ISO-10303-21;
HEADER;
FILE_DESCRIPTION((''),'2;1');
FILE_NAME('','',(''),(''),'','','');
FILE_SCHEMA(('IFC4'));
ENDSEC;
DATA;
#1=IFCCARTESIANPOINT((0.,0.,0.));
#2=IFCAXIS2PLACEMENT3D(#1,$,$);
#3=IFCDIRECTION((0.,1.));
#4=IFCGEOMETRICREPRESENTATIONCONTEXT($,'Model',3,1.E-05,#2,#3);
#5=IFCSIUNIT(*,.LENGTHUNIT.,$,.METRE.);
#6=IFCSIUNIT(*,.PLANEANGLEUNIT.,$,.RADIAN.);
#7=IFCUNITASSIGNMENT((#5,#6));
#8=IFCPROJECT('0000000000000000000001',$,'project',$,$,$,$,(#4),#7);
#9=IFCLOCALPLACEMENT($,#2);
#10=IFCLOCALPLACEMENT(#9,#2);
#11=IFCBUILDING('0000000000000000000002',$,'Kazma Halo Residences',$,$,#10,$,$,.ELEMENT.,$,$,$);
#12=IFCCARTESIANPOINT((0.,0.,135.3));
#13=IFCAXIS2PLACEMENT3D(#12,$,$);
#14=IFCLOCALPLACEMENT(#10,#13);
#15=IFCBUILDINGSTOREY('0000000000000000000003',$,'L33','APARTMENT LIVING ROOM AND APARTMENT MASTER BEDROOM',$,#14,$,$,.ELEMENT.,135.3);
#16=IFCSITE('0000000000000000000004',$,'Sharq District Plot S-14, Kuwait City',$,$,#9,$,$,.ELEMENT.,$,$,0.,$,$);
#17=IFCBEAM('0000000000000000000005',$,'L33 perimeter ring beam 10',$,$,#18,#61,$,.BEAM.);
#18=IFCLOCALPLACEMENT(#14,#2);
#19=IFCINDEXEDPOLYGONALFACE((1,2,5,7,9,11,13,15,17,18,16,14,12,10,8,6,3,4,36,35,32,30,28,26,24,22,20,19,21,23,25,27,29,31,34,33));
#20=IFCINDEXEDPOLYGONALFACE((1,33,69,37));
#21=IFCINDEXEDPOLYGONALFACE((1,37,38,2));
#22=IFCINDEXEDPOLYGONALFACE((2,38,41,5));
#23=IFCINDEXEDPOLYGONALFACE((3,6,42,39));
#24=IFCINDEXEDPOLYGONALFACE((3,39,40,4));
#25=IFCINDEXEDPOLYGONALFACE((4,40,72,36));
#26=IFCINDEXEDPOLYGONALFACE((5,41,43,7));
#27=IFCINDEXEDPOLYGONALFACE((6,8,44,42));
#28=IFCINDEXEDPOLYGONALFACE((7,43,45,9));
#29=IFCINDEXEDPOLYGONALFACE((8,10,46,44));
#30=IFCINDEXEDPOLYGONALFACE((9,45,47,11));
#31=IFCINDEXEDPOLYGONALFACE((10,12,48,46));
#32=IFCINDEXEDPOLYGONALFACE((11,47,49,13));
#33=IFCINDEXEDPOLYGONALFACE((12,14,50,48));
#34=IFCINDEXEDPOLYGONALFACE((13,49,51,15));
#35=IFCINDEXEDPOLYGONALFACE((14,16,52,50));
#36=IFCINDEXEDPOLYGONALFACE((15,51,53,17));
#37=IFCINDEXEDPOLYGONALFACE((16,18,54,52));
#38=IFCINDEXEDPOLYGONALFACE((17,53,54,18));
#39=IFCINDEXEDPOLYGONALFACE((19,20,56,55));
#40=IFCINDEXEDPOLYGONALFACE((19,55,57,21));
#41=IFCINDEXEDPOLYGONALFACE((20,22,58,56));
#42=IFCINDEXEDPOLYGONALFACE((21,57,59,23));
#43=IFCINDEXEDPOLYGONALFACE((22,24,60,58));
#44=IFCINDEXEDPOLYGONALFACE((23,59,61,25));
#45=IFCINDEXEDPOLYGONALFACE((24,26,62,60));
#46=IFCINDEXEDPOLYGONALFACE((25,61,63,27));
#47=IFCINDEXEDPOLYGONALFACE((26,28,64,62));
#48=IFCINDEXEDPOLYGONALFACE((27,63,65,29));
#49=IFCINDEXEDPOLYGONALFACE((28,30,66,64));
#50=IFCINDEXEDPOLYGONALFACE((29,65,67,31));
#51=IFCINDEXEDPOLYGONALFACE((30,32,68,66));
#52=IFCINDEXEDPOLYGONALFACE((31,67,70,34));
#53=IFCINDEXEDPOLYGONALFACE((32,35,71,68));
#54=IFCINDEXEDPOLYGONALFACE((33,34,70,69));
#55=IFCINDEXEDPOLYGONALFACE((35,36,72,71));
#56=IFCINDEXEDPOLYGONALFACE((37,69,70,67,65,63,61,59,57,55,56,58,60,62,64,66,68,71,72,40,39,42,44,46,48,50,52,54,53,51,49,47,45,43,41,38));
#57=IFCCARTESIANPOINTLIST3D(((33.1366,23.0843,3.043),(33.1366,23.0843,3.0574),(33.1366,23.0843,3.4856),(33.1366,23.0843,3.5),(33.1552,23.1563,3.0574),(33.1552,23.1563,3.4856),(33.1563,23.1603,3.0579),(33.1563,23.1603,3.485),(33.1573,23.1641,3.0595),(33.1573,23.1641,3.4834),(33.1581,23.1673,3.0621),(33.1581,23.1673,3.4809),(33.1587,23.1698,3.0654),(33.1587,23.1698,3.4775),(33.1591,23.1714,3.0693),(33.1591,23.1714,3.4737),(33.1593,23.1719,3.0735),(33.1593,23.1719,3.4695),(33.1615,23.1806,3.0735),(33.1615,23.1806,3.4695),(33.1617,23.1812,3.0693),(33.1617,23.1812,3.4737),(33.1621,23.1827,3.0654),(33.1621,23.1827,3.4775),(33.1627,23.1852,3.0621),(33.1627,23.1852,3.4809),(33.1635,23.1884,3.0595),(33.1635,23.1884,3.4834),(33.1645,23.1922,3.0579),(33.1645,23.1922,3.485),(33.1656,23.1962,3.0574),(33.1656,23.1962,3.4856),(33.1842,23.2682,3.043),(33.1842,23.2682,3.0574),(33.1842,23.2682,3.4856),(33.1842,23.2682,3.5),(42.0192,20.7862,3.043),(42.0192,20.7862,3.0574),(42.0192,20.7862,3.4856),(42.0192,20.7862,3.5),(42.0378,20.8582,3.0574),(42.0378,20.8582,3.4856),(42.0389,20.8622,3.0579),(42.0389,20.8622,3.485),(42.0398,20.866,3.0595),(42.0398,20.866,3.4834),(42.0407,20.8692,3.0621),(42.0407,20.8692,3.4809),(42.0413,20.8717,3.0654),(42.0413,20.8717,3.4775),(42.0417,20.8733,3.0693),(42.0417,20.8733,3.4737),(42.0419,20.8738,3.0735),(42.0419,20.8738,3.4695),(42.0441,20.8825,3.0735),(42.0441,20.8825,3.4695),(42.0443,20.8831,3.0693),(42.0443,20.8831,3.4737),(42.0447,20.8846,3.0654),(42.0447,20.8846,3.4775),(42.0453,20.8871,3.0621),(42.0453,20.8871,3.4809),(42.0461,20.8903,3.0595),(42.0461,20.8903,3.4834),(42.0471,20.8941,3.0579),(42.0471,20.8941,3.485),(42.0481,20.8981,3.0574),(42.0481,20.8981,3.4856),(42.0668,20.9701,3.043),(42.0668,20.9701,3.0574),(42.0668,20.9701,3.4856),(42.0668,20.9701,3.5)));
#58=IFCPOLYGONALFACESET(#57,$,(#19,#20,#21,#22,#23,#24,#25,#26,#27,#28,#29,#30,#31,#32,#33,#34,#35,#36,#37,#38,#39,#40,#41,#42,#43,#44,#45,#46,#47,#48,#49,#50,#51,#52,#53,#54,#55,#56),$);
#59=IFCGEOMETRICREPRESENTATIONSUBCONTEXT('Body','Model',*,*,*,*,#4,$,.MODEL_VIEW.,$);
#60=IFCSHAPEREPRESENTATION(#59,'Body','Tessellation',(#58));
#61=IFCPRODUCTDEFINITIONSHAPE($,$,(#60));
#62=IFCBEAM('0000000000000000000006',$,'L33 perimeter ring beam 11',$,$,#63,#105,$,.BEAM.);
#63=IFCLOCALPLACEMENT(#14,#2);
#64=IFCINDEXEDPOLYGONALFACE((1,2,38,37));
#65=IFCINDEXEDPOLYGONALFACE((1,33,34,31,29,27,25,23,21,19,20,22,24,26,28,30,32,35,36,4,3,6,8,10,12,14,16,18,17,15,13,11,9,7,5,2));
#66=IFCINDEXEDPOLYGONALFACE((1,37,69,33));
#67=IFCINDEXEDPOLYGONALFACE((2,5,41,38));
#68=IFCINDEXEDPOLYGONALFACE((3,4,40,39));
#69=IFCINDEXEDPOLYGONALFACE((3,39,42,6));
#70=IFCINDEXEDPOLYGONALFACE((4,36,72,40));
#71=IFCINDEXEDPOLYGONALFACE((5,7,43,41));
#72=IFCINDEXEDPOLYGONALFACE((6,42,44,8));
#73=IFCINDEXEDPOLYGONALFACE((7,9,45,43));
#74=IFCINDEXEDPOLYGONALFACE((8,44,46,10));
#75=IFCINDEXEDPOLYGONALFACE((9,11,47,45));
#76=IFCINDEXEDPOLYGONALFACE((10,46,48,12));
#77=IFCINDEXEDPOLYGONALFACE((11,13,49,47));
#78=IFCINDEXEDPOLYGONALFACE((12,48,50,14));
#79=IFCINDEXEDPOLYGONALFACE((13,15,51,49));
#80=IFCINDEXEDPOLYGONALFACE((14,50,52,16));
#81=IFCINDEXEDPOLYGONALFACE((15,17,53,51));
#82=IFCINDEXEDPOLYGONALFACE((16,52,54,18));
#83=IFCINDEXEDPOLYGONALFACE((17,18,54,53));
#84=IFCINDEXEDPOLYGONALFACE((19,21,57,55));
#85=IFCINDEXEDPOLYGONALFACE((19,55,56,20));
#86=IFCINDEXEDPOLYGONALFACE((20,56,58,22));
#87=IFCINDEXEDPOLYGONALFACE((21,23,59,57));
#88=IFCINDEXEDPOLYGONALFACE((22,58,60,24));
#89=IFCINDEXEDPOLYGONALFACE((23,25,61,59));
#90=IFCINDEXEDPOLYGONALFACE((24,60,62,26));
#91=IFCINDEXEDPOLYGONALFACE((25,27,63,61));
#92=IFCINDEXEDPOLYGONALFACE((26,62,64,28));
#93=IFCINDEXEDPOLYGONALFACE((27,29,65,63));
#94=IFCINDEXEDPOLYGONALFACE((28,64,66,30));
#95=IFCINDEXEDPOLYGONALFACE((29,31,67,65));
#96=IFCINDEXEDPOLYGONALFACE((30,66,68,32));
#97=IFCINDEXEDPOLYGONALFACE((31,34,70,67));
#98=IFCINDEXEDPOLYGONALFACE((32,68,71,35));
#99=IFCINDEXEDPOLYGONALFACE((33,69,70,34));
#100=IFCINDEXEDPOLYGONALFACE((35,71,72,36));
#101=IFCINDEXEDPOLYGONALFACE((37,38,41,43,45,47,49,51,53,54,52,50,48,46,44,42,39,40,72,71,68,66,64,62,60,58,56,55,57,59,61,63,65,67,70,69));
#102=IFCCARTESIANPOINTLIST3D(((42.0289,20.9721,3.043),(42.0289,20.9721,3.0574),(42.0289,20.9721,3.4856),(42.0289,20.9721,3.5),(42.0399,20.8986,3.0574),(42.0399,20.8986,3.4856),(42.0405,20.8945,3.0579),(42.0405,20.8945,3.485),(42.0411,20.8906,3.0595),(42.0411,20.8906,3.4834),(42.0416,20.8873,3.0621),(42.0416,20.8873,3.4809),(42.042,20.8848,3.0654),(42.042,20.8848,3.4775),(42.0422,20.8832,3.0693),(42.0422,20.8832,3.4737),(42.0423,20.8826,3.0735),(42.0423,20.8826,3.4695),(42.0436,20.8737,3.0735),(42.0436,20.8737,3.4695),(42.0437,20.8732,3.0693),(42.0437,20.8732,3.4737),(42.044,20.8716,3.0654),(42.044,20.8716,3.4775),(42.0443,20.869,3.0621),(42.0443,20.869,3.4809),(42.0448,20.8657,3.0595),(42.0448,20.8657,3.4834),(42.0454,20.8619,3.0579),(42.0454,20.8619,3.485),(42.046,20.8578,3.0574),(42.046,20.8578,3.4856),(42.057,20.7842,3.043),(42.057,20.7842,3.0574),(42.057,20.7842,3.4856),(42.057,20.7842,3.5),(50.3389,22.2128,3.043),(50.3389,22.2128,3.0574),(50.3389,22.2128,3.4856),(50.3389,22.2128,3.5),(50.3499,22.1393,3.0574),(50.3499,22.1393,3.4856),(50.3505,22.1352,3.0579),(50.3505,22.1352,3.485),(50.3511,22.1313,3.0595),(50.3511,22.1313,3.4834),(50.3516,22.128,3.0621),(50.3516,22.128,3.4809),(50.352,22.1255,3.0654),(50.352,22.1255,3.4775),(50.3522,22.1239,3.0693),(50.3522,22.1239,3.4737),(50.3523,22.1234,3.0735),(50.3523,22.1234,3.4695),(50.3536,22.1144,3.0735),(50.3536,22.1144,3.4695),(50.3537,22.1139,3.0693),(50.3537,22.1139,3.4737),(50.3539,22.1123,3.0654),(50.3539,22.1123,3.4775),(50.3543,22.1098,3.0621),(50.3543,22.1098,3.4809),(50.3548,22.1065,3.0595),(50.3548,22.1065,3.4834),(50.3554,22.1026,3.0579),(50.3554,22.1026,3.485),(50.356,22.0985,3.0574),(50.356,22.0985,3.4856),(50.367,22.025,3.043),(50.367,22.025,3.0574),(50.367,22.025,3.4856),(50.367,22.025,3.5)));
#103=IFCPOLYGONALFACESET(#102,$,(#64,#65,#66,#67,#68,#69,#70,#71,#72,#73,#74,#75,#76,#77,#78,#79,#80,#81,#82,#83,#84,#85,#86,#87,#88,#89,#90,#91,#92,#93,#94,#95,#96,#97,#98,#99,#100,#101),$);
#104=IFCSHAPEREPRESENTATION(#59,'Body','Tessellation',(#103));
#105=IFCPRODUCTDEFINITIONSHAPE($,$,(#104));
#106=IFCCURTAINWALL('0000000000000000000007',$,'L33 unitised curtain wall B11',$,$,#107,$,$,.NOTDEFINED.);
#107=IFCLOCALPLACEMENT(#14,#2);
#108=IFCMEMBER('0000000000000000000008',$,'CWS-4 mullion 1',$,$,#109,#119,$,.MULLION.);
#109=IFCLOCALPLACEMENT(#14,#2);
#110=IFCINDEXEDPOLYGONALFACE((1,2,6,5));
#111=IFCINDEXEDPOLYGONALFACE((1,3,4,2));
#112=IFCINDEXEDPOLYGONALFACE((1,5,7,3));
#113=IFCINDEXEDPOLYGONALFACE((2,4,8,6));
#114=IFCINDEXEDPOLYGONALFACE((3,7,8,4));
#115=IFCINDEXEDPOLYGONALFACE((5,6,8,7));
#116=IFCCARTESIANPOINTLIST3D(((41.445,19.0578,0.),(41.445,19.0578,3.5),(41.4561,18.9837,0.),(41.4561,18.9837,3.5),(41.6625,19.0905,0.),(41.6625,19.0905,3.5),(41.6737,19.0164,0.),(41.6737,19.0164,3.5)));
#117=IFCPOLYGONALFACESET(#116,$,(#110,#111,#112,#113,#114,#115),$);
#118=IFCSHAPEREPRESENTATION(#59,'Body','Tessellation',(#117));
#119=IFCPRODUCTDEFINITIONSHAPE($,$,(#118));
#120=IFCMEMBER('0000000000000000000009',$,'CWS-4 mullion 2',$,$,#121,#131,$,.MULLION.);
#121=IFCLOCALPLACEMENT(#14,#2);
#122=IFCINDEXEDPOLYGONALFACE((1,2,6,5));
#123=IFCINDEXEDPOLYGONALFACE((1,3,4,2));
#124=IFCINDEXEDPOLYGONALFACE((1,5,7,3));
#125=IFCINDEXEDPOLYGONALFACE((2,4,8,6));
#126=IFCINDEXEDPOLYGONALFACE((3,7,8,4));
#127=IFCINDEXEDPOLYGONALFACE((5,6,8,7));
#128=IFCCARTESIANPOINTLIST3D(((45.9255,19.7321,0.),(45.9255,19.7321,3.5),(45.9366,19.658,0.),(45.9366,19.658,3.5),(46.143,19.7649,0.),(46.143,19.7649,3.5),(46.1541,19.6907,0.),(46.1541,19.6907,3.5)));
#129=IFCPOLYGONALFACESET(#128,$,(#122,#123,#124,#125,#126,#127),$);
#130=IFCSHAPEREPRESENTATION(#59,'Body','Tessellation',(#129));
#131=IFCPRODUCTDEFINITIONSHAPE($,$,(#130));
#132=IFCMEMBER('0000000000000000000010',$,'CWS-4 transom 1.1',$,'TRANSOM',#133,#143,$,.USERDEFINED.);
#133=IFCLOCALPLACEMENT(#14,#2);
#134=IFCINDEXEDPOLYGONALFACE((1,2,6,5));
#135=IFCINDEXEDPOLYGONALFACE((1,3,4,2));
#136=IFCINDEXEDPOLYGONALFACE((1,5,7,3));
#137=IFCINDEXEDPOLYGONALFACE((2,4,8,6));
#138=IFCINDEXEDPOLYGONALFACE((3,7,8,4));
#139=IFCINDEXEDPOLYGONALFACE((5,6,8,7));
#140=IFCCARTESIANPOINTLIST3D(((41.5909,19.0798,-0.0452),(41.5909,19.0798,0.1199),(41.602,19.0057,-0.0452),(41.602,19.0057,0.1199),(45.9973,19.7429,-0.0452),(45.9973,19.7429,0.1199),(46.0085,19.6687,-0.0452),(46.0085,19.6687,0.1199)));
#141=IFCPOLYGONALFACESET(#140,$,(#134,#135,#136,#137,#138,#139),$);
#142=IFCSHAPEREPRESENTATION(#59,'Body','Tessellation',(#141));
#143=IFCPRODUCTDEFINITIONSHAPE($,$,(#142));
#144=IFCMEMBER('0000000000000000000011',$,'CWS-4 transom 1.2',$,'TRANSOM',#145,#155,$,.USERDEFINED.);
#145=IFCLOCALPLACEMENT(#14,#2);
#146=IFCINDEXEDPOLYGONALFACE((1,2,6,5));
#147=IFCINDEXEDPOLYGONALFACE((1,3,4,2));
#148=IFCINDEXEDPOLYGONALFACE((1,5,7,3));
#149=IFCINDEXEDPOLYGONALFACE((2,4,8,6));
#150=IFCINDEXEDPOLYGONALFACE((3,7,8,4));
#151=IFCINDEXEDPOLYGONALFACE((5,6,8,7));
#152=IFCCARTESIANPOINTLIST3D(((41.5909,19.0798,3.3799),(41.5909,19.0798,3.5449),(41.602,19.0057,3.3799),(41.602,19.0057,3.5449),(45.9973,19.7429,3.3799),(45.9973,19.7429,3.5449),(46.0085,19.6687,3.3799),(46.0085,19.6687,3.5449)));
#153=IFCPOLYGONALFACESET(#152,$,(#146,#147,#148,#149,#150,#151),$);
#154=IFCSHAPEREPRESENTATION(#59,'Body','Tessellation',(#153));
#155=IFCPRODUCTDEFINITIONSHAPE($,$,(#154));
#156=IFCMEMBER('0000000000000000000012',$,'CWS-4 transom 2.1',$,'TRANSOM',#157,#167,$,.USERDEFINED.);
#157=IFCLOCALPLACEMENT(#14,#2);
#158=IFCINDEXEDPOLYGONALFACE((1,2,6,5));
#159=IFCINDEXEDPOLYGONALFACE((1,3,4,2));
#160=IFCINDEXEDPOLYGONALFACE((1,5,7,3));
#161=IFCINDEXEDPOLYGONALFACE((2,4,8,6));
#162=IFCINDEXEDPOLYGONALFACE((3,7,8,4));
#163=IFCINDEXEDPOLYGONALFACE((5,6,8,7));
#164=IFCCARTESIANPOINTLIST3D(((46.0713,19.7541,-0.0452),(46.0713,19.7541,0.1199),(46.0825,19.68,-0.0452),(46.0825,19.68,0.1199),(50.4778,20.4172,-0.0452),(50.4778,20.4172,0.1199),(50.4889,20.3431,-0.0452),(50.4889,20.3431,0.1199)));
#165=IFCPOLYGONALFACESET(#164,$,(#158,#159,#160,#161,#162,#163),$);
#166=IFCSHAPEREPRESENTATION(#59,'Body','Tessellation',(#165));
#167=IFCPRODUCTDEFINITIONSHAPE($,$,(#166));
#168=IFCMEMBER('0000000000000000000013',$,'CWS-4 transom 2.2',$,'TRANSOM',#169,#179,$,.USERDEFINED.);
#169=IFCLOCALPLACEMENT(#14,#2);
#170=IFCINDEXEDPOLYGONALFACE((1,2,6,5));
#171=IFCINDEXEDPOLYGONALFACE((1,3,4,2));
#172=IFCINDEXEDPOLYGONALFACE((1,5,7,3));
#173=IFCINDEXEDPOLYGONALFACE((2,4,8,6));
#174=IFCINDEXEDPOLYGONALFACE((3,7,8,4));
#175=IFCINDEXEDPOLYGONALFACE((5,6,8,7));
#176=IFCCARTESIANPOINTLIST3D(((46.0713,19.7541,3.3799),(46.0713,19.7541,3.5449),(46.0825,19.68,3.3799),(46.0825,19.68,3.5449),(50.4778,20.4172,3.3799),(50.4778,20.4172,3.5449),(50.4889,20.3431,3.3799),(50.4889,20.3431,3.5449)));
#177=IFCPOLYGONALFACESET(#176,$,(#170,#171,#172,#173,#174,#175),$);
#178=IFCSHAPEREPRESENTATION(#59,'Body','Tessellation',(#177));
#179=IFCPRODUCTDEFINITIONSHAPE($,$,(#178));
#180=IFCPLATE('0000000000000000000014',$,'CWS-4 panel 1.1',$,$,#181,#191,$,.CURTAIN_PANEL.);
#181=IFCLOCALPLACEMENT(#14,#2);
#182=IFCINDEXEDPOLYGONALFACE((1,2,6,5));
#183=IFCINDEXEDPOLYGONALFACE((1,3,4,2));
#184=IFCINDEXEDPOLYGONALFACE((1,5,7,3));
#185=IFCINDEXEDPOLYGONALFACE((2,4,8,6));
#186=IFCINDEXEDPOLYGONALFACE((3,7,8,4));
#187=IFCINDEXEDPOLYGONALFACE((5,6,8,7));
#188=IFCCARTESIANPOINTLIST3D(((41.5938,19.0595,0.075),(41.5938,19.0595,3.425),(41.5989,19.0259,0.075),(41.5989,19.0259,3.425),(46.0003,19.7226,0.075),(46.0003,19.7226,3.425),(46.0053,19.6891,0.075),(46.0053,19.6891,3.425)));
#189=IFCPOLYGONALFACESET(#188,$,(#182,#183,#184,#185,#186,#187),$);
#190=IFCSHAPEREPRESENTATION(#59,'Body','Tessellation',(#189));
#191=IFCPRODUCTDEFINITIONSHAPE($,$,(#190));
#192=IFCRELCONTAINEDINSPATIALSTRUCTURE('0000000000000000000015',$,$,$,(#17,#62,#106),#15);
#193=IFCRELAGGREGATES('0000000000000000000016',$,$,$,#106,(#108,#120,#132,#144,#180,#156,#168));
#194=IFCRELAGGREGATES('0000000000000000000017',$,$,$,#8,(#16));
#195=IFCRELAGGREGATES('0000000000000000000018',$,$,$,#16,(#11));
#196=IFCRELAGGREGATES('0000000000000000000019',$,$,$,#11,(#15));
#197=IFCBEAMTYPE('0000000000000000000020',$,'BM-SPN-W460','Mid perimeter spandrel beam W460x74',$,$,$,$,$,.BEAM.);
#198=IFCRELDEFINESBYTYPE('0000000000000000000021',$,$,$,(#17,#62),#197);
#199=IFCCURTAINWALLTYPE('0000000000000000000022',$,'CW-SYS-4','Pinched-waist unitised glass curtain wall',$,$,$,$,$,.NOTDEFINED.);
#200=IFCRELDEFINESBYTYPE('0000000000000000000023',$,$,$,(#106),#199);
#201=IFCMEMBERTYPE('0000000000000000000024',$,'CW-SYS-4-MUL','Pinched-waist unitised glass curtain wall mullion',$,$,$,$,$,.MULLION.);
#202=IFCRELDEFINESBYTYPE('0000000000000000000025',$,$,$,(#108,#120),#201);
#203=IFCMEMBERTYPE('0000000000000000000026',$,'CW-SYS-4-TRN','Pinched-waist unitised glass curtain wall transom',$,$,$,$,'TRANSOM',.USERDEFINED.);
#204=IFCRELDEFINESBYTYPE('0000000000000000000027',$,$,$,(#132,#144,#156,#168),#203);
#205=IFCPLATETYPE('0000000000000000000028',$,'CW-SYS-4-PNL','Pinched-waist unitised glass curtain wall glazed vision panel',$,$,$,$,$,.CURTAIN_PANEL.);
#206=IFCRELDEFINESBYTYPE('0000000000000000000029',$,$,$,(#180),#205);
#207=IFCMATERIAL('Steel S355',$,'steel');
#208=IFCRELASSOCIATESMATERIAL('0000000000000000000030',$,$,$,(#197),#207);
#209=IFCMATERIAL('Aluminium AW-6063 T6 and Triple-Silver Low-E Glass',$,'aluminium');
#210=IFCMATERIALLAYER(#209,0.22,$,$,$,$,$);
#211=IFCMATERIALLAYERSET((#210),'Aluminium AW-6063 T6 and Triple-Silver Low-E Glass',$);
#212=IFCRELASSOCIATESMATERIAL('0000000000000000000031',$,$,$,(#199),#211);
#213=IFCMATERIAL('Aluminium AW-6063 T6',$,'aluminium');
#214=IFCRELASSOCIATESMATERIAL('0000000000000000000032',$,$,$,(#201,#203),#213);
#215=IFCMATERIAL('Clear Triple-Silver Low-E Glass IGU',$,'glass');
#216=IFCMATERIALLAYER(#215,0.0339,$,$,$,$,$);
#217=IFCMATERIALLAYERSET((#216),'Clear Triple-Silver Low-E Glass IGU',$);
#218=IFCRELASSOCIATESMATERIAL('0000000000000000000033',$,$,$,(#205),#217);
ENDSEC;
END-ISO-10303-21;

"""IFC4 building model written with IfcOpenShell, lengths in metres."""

from ifc_helpers import new_model, si_unit, direction, frame, origin, origin_2d, place, context, subcontext, project, spatial, rectangle, i_section, extrude, material, layer, layer_set, material_profile, profile_set, type_object, element, aggregate, save


model = new_model("IFC4")

# Units and contexts
model_context = context("Model", 3, precision=1e-05, world=origin(), true_north=direction((0.0, 1.0)))
body_context = subcontext(model_context, "Body", "Model", "MODEL_VIEW")
ifc_project = project(units=[si_unit("LENGTHUNIT", "METRE"), si_unit("PLANEANGLEUNIT", "RADIAN")], contexts=[model_context])

# Site, building, storey
site_placement = place(None, origin())
site = spatial("IfcSite", under=ifc_project, at=site_placement, Name="Sharq District Plot S-14, Kuwait City", CompositionType="ELEMENT", RefElevation=0.0)
building_placement = place(site_placement, origin())
building = spatial("IfcBuilding", under=site, at=building_placement, Name="Kazma Halo Residences", CompositionType="ELEMENT")
storey_placement = place(building_placement, frame((0.0, 0.0, 135.3)))
storey = spatial("IfcBuildingStorey", under=building, at=storey_placement, Name="L33", Description="APARTMENT LIVING ROOM AND APARTMENT MASTER BEDROOM", CompositionType="ELEMENT", Elevation=135.3)

# Beams
ifc_material_1 = material(Name="Steel S355", Category="steel")
ifc_material_profile_1 = material_profile(ifc_material_1, i_section(OverallWidth=0.1899, OverallDepth=0.457, WebThickness=0.009, FlangeThickness=0.0144, FilletRadius=0.0161, at=origin_2d()), Name="W460x74")
ifc_profile_set_1 = profile_set([ifc_material_profile_1], Name="Steel S355")
beam_type_1 = type_object("IfcBeamType", Name="BM-SPN-W460", Description="Mid perimeter spandrel beam W460x74", PredefinedType="BEAM", material=ifc_profile_set_1)
beam_1_placement = place(storey_placement, frame((33.1604, 23.1763, 3.2715), z_axis=(0.968124, -0.250473, 0.0), x_axis=(0.250473, 0.968124, 0.0)))
element("IfcBeam", 1, at=beam_1_placement, inside=storey, type_object=beam_type_1, Name="L33 perimeter ring beam 10", PredefinedType="BEAM", context=body_context, shape_type="SweptSolid", body=[
    extrude(i_section(OverallWidth=0.1899, OverallDepth=0.457, WebThickness=0.009, FlangeThickness=0.0144, FilletRadius=0.0161, at=origin_2d()), origin(), (0.0, 0.0, 1.0), 9.175),
])
beam_2_placement = place(storey_placement, frame((42.043, 20.8782, 3.2715), z_axis=(0.989037, 0.147667, 0.0), x_axis=(-0.147667, 0.989037, 0.0)))
element("IfcBeam", 2, at=beam_2_placement, inside=storey, type_object=beam_type_1, Name="L33 perimeter ring beam 11", PredefinedType="BEAM", context=body_context, shape_type="SweptSolid", body=[
    extrude(i_section(OverallWidth=0.1899, OverallDepth=0.457, WebThickness=0.009, FlangeThickness=0.0144, FilletRadius=0.0161, at=origin_2d()), origin(), (0.0, 0.0, 1.0), 8.4021),
])

# Curtain wall, members, plate
ifc_material_2 = material(Name="Aluminium AW-6063 T6 and Triple-Silver Low-E Glass", Category="aluminium")
ifc_layer_1 = layer(ifc_material_2, 0.22)
ifc_layer_set_1 = layer_set([ifc_layer_1], Name="Aluminium AW-6063 T6 and Triple-Silver Low-E Glass")
curtain_wall_type = type_object("IfcCurtainWallType", Name="CW-SYS-4", Description="Pinched-waist unitised glass curtain wall", PredefinedType="NOTDEFINED", material=ifc_layer_set_1)
curtain_wall_placement = place(storey_placement, origin())
curtain_wall = element("IfcCurtainWall", 3, at=curtain_wall_placement, inside=storey, type_object=curtain_wall_type, Name="L33 unitised curtain wall B11", PredefinedType="NOTDEFINED")
ifc_material_3 = material(Name="Aluminium AW-6063 T6", Category="aluminium")
ifc_material_profile_2 = material_profile(ifc_material_3, rectangle(XDim=0.075, YDim=0.22, at=origin_2d()), Name="CWM-75x220")
ifc_profile_set_2 = profile_set([ifc_material_profile_2], Name="Aluminium AW-6063 T6")
member_type_1 = type_object("IfcMemberType", Name="CW-SYS-4-MUL", Description="Pinched-waist unitised glass curtain wall mullion", PredefinedType="MULLION", material=ifc_profile_set_2)
member_1_placement = place(storey_placement, frame((41.5593, 19.0371, 0.0), z_axis=(0.0, 0.0, 1.0), x_axis=(-0.148821, 0.988864, 0.0)))
member_1 = element("IfcMember", 4, at=member_1_placement, type_object=member_type_1, Name="CWS-4 mullion 1", PredefinedType="MULLION", context=body_context, shape_type="SweptSolid", body=[
    extrude(rectangle(XDim=0.075, YDim=0.22, at=origin_2d()), origin(), (0.0, 0.0, 1.0), 3.5),
])
member_2_placement = place(storey_placement, frame((46.0398, 19.7114, 0.0), z_axis=(0.0, 0.0, 1.0), x_axis=(-0.148821, 0.988864, 0.0)))
member_2 = element("IfcMember", 5, at=member_2_placement, type_object=member_type_1, Name="CWS-4 mullion 2", PredefinedType="MULLION", context=body_context, shape_type="SweptSolid", body=[
    extrude(rectangle(XDim=0.075, YDim=0.22, at=origin_2d()), origin(), (0.0, 0.0, 1.0), 3.5),
])
ifc_material_profile_3 = material_profile(ifc_material_3, rectangle(XDim=0.075, YDim=0.165, at=origin_2d()), Name="CWT-75x165")
ifc_profile_set_3 = profile_set([ifc_material_profile_3], Name="Aluminium AW-6063 T6")
member_type_2 = type_object("IfcMemberType", Name="CW-SYS-4-TRN", Description="Pinched-waist unitised glass curtain wall transom", ElementType="TRANSOM", PredefinedType="USERDEFINED", material=ifc_profile_set_3)
member_3_placement = place(storey_placement, frame((41.5964, 19.0427, 0.0374), z_axis=(0.988867, 0.148804, 0.0), x_axis=(-0.148804, 0.988867, 0.0)))
member_3 = element("IfcMember", 6, at=member_3_placement, type_object=member_type_2, Name="CWS-4 transom 1.1", ObjectType="TRANSOM", PredefinedType="USERDEFINED", context=body_context, shape_type="SweptSolid", body=[
    extrude(rectangle(XDim=0.075, YDim=0.165, at=origin_2d()), origin(), (0.0, 0.0, 1.0), 4.4561),
])
member_4_placement = place(storey_placement, frame((41.5964, 19.0427, 3.4624), z_axis=(0.988867, 0.148804, 0.0), x_axis=(-0.148804, 0.988867, 0.0)))
member_4 = element("IfcMember", 7, at=member_4_placement, type_object=member_type_2, Name="CWS-4 transom 1.2", ObjectType="TRANSOM", PredefinedType="USERDEFINED", context=body_context, shape_type="SweptSolid", body=[
    extrude(rectangle(XDim=0.075, YDim=0.165, at=origin_2d()), origin(), (0.0, 0.0, 1.0), 4.4561),
])
member_5_placement = place(storey_placement, frame((46.0769, 19.717, 0.0374), z_axis=(0.988867, 0.148804, 0.0), x_axis=(-0.148804, 0.988867, 0.0)))
member_5 = element("IfcMember", 8, at=member_5_placement, type_object=member_type_2, Name="CWS-4 transom 2.1", ObjectType="TRANSOM", PredefinedType="USERDEFINED", context=body_context, shape_type="SweptSolid", body=[
    extrude(rectangle(XDim=0.075, YDim=0.165, at=origin_2d()), origin(), (0.0, 0.0, 1.0), 4.4561),
])
member_6_placement = place(storey_placement, frame((46.0769, 19.717, 3.4624), z_axis=(0.988867, 0.148804, 0.0), x_axis=(-0.148804, 0.988867, 0.0)))
member_6 = element("IfcMember", 9, at=member_6_placement, type_object=member_type_2, Name="CWS-4 transom 2.2", ObjectType="TRANSOM", PredefinedType="USERDEFINED", context=body_context, shape_type="SweptSolid", body=[
    extrude(rectangle(XDim=0.075, YDim=0.165, at=origin_2d()), origin(), (0.0, 0.0, 1.0), 4.4561),
])
ifc_material_4 = material(Name="Clear Triple-Silver Low-E Glass IGU", Category="glass")
ifc_layer_2 = layer(ifc_material_4, 0.0339)
ifc_layer_set_2 = layer_set([ifc_layer_2], Name="Clear Triple-Silver Low-E Glass IGU")
plate_type = type_object("IfcPlateType", Name="CW-SYS-4-PNL", Description="Pinched-waist unitised glass curtain wall glazed vision panel", PredefinedType="CURTAIN_PANEL", material=ifc_layer_set_2)
plate_placement = place(storey_placement, frame((43.7996, 19.3743, 0.075), z_axis=(0.0, 0.0, 1.0), x_axis=(0.988864, 0.148821, 0.0)))
plate = element("IfcPlate", 10, at=plate_placement, type_object=plate_type, Name="CWS-4 panel 1.1", PredefinedType="CURTAIN_PANEL", context=body_context, shape_type="SweptSolid", body=[
    extrude(rectangle(XDim=4.4561, YDim=0.0339, at=origin_2d()), origin(), (0.0, 0.0, 1.0), 3.3501),
])
aggregate(curtain_wall, [member_1, member_2, member_3, member_4, plate, member_5, member_6])

save(model, "model.ifc")
